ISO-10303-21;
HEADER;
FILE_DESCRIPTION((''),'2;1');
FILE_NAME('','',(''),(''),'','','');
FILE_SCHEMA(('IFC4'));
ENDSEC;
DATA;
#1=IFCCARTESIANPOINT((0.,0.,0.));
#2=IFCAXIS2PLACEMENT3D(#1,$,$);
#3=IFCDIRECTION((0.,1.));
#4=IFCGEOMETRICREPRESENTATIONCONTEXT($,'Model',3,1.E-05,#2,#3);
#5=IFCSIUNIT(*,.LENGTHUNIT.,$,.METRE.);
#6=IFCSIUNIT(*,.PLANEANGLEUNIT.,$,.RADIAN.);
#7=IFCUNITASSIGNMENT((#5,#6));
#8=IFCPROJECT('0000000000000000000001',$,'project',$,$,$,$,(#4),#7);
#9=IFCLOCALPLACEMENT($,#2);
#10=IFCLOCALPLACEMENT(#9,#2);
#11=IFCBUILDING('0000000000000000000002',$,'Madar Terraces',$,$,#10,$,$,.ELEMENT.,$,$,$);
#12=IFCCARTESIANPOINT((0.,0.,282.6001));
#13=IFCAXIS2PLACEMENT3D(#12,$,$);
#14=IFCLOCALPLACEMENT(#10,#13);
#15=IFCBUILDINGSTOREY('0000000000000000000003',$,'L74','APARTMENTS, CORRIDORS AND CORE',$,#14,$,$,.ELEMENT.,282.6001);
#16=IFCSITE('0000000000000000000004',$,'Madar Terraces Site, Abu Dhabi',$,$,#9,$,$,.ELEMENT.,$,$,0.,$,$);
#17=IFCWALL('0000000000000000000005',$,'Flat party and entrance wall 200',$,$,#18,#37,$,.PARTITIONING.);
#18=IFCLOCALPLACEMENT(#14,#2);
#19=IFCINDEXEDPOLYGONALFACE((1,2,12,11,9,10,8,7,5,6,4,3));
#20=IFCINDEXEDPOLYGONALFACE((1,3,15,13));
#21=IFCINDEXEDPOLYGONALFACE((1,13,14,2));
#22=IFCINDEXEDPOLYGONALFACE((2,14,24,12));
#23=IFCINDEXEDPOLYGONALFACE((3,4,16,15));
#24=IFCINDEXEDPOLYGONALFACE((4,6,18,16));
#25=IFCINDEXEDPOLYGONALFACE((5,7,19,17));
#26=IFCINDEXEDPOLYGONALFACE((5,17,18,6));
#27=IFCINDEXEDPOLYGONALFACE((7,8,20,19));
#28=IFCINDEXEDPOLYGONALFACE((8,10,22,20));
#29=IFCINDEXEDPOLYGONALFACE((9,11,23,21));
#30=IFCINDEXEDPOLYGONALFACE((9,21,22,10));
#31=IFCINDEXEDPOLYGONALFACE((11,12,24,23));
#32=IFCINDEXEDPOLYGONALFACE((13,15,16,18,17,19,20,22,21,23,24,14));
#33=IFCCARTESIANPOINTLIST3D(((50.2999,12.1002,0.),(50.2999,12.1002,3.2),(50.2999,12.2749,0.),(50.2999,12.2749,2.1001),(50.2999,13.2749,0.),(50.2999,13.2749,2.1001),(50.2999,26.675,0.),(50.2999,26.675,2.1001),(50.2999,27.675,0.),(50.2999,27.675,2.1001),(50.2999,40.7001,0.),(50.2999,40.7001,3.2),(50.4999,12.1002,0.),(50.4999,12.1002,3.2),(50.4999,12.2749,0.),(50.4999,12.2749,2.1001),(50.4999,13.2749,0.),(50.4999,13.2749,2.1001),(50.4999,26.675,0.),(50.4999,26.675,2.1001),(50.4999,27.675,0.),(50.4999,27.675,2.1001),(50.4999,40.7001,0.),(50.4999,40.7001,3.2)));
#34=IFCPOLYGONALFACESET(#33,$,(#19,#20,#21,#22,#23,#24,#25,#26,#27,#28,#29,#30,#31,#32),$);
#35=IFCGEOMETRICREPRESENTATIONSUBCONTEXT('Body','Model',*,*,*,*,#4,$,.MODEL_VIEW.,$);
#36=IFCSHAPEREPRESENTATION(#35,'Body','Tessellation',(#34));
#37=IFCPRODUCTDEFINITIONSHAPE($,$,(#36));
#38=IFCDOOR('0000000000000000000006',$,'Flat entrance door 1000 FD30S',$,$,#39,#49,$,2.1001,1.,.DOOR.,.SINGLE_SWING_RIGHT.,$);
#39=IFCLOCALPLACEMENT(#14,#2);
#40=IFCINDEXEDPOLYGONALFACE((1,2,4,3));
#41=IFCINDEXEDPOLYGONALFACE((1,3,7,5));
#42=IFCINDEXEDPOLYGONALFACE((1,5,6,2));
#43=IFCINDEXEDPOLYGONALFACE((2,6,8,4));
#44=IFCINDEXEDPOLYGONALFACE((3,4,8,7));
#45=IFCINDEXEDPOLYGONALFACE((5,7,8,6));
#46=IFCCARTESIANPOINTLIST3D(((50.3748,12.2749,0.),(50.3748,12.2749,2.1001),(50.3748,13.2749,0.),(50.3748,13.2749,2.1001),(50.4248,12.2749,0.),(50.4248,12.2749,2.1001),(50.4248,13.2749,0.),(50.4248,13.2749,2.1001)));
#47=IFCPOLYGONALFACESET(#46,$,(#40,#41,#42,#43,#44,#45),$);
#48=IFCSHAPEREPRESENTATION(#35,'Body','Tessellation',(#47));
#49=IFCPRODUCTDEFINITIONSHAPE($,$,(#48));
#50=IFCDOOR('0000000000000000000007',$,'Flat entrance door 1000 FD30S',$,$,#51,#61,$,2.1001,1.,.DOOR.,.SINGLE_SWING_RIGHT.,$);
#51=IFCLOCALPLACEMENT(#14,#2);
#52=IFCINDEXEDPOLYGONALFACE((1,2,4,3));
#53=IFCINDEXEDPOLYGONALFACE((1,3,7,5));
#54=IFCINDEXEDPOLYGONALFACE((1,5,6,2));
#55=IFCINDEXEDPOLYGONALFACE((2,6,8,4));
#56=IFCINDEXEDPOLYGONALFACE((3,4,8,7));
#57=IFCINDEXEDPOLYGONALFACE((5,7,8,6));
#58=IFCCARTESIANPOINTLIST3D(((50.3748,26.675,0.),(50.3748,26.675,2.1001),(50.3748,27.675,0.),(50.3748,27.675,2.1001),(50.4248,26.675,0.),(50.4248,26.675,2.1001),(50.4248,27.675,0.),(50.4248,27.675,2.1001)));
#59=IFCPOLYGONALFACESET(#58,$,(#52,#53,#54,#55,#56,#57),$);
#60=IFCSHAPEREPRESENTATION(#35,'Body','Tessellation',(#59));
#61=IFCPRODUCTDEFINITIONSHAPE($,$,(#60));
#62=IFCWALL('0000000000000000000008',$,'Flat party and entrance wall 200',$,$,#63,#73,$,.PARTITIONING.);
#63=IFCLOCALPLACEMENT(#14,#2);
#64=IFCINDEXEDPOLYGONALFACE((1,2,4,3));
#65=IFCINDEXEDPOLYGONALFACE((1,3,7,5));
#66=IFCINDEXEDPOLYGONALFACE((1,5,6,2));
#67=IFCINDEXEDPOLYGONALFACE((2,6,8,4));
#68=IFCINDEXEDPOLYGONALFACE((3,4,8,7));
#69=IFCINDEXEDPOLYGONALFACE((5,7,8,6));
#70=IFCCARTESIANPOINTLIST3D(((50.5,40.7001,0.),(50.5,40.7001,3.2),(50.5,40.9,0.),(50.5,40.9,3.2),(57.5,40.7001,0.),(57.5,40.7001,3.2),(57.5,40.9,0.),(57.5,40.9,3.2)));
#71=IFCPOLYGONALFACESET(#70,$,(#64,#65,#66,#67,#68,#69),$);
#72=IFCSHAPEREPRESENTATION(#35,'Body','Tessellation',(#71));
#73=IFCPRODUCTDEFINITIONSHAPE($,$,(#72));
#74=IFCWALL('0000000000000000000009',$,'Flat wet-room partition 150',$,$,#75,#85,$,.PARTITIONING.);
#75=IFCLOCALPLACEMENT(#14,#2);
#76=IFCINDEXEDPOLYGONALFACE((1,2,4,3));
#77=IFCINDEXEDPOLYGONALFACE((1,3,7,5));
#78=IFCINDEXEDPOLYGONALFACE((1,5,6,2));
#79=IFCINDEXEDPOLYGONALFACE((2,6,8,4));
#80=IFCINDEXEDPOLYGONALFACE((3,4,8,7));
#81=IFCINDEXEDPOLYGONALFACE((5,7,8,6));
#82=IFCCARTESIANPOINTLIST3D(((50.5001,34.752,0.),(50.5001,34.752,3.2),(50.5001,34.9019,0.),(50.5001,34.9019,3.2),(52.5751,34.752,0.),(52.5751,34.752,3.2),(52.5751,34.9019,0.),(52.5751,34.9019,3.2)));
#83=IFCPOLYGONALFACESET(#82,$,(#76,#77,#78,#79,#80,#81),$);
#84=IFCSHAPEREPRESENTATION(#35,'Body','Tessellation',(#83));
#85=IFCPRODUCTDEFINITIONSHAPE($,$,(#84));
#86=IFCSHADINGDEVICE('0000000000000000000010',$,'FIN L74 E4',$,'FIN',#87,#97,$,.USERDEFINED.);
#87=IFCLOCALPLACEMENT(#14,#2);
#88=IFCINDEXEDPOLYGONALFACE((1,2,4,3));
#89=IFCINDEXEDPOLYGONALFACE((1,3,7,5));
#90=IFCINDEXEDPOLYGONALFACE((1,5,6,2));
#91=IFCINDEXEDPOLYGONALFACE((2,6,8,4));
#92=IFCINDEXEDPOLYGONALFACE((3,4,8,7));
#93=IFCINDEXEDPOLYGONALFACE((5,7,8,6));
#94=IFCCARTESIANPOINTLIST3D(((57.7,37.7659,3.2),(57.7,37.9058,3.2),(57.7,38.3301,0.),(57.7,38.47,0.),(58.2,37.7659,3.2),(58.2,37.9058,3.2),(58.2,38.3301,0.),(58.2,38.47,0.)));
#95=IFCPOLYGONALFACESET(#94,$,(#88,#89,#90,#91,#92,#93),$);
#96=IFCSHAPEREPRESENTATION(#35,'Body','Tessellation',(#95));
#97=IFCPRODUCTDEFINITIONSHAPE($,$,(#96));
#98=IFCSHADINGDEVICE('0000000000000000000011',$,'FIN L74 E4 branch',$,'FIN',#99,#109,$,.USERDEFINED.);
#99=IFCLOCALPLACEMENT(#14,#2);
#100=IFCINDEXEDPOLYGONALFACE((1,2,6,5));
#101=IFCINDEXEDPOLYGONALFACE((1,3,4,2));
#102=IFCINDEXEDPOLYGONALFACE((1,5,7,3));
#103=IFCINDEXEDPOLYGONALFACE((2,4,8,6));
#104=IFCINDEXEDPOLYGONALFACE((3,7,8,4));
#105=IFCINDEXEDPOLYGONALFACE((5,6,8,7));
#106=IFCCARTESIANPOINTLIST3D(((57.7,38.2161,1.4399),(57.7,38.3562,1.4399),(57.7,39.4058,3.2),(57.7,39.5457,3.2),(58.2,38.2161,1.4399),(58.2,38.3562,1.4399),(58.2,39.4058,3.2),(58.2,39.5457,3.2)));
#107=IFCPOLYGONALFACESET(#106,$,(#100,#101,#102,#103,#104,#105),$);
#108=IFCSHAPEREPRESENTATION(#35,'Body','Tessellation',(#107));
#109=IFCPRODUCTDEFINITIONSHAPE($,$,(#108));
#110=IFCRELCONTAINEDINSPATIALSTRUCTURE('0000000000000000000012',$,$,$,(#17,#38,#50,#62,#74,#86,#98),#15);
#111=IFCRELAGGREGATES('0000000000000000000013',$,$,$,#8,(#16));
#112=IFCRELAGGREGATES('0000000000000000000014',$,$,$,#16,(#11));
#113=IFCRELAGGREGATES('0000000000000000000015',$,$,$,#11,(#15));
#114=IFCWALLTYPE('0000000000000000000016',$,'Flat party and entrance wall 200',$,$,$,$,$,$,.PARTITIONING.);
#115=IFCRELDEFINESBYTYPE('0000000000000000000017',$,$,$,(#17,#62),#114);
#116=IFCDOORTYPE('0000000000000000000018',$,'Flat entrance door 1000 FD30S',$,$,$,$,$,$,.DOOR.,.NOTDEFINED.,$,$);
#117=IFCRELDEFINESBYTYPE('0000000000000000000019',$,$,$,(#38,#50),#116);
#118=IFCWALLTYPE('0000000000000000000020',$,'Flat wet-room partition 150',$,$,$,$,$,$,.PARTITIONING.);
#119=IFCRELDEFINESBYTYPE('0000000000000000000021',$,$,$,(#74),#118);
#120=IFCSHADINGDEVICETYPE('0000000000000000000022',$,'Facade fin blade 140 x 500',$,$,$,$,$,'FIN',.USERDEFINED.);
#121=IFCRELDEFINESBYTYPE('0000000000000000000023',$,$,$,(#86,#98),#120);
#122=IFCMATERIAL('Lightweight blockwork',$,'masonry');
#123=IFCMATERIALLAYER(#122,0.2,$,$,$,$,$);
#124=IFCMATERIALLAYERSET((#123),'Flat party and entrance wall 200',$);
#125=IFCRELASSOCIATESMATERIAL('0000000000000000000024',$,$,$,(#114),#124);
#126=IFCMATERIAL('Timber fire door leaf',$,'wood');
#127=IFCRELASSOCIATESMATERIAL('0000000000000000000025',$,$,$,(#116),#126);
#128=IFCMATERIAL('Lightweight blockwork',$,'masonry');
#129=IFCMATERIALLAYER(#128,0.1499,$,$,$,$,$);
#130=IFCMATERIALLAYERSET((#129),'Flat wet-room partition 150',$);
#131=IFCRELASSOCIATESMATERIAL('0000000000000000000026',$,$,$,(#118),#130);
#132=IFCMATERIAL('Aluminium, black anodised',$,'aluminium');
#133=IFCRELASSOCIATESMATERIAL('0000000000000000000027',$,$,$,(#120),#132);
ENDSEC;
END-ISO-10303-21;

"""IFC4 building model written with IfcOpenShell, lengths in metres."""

from ifc_helpers import new_model, si_unit, direction, frame, frame_2d, origin, place, context, subcontext, project, spatial, polyline, rectangle, outline, extrude, material, layer, layer_set, type_object, element, fill, save


model = new_model("IFC4")

# Units and contexts
model_context = context("Model", 3, precision=1e-05, world=origin(), true_north=direction((0.0, 1.0)))
body_context = subcontext(model_context, "Body", "Model", "MODEL_VIEW")
ifc_project = project(units=[si_unit("LENGTHUNIT", "METRE"), si_unit("PLANEANGLEUNIT", "RADIAN")], contexts=[model_context])

# Site, building, storey
site_placement = place(None, origin())
site = spatial("IfcSite", under=ifc_project, at=site_placement, Name="Madar Terraces Site, Abu Dhabi", CompositionType="ELEMENT", RefElevation=0.0)
building_placement = place(site_placement, origin())
building = spatial("IfcBuilding", under=site, at=building_placement, Name="Madar Terraces", CompositionType="ELEMENT")
storey_placement = place(building_placement, frame((0.0, 0.0, 282.6001)))
storey = spatial("IfcBuildingStorey", under=building, at=storey_placement, Name="L74", Description="APARTMENTS, CORRIDORS AND CORE", CompositionType="ELEMENT", Elevation=282.6001)

# Wall, openings, doors
ifc_material_1 = material(Name="Lightweight blockwork", Category="masonry")
ifc_layer_1 = layer(ifc_material_1, 0.2)
ifc_layer_set_1 = layer_set([ifc_layer_1], Name="Flat party and entrance wall 200")
wall_type_1 = type_object("IfcWallType", Name="Flat party and entrance wall 200", PredefinedType="PARTITIONING", material=ifc_layer_set_1)
wall_1_placement = place(storey_placement, frame((50.3999, 40.7, 0.0), z_axis=(0.0, 0.0, 1.0), x_axis=(0.0, -1.0, 0.0)))
wall_1 = element("IfcWall", 1, at=wall_1_placement, inside=storey, type_object=wall_type_1, Name="Flat party and entrance wall 200", PredefinedType="PARTITIONING", context=body_context, shape_type="SweptSolid", body=[
    extrude(rectangle(XDim=28.5999, YDim=0.2, at=frame_2d((14.2998, 0.0))), origin(), (0.0, 0.0, 1.0), 3.2),
])
opening_1_placement = place(wall_1_placement, frame((27.425, 0.0, 0.0)))
opening_1 = element("IfcOpeningElement", 2, at=opening_1_placement, cuts=wall_1, PredefinedType="OPENING", context=body_context, shape_type="SweptSolid", body=[
    extrude(rectangle(XDim=1.0, YDim=2.1001, at=frame_2d((0.5, 1.05))), frame((0.0, 0.1099, 0.0), z_axis=(0.0, -1.0, 0.0), x_axis=(1.0, 0.0, 0.0)), (0.0, 0.0, 1.0), 0.22),
])
opening_2_placement = place(wall_1_placement, frame((13.0249, 0.0, 0.0)))
opening_2 = element("IfcOpeningElement", 3, at=opening_2_placement, cuts=wall_1, PredefinedType="OPENING", context=body_context, shape_type="SweptSolid", body=[
    extrude(rectangle(XDim=1.0, YDim=2.1001, at=frame_2d((0.5, 1.05))), frame((0.0, 0.1099, 0.0), z_axis=(0.0, -1.0, 0.0), x_axis=(1.0, 0.0, 0.0)), (0.0, 0.0, 1.0), 0.22),
])
ifc_material_2 = material(Name="Timber fire door leaf", Category="wood")
door_type_1 = type_object("IfcDoorType", Name="Flat entrance door 1000 FD30S", OperationType="NOTDEFINED", PredefinedType="DOOR", material=ifc_material_2)
door_1_placement = place(opening_1_placement, origin())
door_1 = element("IfcDoor", 4, at=door_1_placement, inside=storey, type_object=door_type_1, Name="Flat entrance door 1000 FD30S", OperationType="SINGLE_SWING_RIGHT", OverallHeight=2.1001, OverallWidth=1.0, PredefinedType="DOOR", context=body_context, shape_type="SweptSolid", body=[
    extrude(rectangle(XDim=1.0, YDim=2.1001, at=frame_2d((0.5, 1.05))), frame((0.0, 0.0249, 0.0), z_axis=(0.0, -1.0, 0.0), x_axis=(1.0, 0.0, 0.0)), (0.0, 0.0, 1.0), 0.05),
])
fill(opening_1, door_1)
door_2_placement = place(opening_2_placement, origin())
door_2 = element("IfcDoor", 5, at=door_2_placement, inside=storey, type_object=door_type_1, Name="Flat entrance door 1000 FD30S", OperationType="SINGLE_SWING_RIGHT", OverallHeight=2.1001, OverallWidth=1.0, PredefinedType="DOOR", context=body_context, shape_type="SweptSolid", body=[
    extrude(rectangle(XDim=1.0, YDim=2.1001, at=frame_2d((0.5, 1.05))), frame((0.0, 0.0249, 0.0), z_axis=(0.0, -1.0, 0.0), x_axis=(1.0, 0.0, 0.0)), (0.0, 0.0, 1.0), 0.05),
])
fill(opening_2, door_2)

# Walls
wall_2_placement = place(storey_placement, frame((50.5, 40.8, 0.0), z_axis=(0.0, 0.0, 1.0), x_axis=(1.0, 0.0, 0.0)))
element("IfcWall", 6, at=wall_2_placement, inside=storey, type_object=wall_type_1, Name="Flat party and entrance wall 200", PredefinedType="PARTITIONING", context=body_context, shape_type="SweptSolid", body=[
    extrude(rectangle(XDim=7.0, YDim=0.2, at=frame_2d((3.5, 0.0))), origin(), (0.0, 0.0, 1.0), 3.2),
])
ifc_material_3 = material(Name="Lightweight blockwork", Category="masonry")
ifc_layer_2 = layer(ifc_material_3, 0.1499)
ifc_layer_set_2 = layer_set([ifc_layer_2], Name="Flat wet-room partition 150")
wall_type_2 = type_object("IfcWallType", Name="Flat wet-room partition 150", PredefinedType="PARTITIONING", material=ifc_layer_set_2)
wall_3_placement = place(storey_placement, frame((50.5, 34.8269, 0.0), z_axis=(0.0, 0.0, 1.0), x_axis=(1.0, 0.0, 0.0)))
element("IfcWall", 7, at=wall_3_placement, inside=storey, type_object=wall_type_2, Name="Flat wet-room partition 150", PredefinedType="PARTITIONING", context=body_context, shape_type="SweptSolid", body=[
    extrude(rectangle(XDim=2.075, YDim=0.1499, at=frame_2d((1.0376, 0.0))), origin(), (0.0, 0.0, 1.0), 3.2),
])

# Shading devices
ifc_material_4 = material(Name="Aluminium, black anodised", Category="aluminium")
shading_device_type = type_object("IfcShadingDeviceType", Name="Facade fin blade 140 x 500", ElementType="FIN", PredefinedType="USERDEFINED", material=ifc_material_4)
shading_device_1_placement = place(storey_placement, frame((57.95, 38.3301, 0.0), z_axis=(0.0, 0.0, 1.0), x_axis=(0.0, 1.0, 0.0)))
element("IfcShadingDevice", 8, at=shading_device_1_placement, inside=storey, type_object=shading_device_type, Name="FIN L74 E4", ObjectType="FIN", PredefinedType="USERDEFINED", context=body_context, shape_type="SweptSolid", body=[
    extrude(outline(polyline([(0.0, 0.0), (0.1399, 0.0), (-0.4243, 3.2), (-0.5642, 3.2), (0.0, 0.0)])), frame((0.0, 0.25, 0.0), z_axis=(0.0, -1.0, 0.0), x_axis=(1.0, 0.0, 0.0)), (0.0, 0.0, 1.0), 0.5),
])
shading_device_2_placement = place(storey_placement, frame((57.95, 38.2161, 1.4399), z_axis=(0.0, 0.0, 1.0), x_axis=(0.0, 1.0, 0.0)))
element("IfcShadingDevice", 9, at=shading_device_2_placement, inside=storey, type_object=shading_device_type, Name="FIN L74 E4 branch", ObjectType="FIN", PredefinedType="USERDEFINED", context=body_context, shape_type="SweptSolid", body=[
    extrude(outline(polyline([(0.0, 0.0), (0.1401, 0.0), (1.3296, 1.76), (1.1897, 1.76), (0.0, 0.0)])), frame((0.0, 0.25, 0.0), z_axis=(0.0, -1.0, 0.0), x_axis=(1.0, 0.0, 0.0)), (0.0, 0.0, 1.0), 0.5),
])

save(model, "model.ifc")
